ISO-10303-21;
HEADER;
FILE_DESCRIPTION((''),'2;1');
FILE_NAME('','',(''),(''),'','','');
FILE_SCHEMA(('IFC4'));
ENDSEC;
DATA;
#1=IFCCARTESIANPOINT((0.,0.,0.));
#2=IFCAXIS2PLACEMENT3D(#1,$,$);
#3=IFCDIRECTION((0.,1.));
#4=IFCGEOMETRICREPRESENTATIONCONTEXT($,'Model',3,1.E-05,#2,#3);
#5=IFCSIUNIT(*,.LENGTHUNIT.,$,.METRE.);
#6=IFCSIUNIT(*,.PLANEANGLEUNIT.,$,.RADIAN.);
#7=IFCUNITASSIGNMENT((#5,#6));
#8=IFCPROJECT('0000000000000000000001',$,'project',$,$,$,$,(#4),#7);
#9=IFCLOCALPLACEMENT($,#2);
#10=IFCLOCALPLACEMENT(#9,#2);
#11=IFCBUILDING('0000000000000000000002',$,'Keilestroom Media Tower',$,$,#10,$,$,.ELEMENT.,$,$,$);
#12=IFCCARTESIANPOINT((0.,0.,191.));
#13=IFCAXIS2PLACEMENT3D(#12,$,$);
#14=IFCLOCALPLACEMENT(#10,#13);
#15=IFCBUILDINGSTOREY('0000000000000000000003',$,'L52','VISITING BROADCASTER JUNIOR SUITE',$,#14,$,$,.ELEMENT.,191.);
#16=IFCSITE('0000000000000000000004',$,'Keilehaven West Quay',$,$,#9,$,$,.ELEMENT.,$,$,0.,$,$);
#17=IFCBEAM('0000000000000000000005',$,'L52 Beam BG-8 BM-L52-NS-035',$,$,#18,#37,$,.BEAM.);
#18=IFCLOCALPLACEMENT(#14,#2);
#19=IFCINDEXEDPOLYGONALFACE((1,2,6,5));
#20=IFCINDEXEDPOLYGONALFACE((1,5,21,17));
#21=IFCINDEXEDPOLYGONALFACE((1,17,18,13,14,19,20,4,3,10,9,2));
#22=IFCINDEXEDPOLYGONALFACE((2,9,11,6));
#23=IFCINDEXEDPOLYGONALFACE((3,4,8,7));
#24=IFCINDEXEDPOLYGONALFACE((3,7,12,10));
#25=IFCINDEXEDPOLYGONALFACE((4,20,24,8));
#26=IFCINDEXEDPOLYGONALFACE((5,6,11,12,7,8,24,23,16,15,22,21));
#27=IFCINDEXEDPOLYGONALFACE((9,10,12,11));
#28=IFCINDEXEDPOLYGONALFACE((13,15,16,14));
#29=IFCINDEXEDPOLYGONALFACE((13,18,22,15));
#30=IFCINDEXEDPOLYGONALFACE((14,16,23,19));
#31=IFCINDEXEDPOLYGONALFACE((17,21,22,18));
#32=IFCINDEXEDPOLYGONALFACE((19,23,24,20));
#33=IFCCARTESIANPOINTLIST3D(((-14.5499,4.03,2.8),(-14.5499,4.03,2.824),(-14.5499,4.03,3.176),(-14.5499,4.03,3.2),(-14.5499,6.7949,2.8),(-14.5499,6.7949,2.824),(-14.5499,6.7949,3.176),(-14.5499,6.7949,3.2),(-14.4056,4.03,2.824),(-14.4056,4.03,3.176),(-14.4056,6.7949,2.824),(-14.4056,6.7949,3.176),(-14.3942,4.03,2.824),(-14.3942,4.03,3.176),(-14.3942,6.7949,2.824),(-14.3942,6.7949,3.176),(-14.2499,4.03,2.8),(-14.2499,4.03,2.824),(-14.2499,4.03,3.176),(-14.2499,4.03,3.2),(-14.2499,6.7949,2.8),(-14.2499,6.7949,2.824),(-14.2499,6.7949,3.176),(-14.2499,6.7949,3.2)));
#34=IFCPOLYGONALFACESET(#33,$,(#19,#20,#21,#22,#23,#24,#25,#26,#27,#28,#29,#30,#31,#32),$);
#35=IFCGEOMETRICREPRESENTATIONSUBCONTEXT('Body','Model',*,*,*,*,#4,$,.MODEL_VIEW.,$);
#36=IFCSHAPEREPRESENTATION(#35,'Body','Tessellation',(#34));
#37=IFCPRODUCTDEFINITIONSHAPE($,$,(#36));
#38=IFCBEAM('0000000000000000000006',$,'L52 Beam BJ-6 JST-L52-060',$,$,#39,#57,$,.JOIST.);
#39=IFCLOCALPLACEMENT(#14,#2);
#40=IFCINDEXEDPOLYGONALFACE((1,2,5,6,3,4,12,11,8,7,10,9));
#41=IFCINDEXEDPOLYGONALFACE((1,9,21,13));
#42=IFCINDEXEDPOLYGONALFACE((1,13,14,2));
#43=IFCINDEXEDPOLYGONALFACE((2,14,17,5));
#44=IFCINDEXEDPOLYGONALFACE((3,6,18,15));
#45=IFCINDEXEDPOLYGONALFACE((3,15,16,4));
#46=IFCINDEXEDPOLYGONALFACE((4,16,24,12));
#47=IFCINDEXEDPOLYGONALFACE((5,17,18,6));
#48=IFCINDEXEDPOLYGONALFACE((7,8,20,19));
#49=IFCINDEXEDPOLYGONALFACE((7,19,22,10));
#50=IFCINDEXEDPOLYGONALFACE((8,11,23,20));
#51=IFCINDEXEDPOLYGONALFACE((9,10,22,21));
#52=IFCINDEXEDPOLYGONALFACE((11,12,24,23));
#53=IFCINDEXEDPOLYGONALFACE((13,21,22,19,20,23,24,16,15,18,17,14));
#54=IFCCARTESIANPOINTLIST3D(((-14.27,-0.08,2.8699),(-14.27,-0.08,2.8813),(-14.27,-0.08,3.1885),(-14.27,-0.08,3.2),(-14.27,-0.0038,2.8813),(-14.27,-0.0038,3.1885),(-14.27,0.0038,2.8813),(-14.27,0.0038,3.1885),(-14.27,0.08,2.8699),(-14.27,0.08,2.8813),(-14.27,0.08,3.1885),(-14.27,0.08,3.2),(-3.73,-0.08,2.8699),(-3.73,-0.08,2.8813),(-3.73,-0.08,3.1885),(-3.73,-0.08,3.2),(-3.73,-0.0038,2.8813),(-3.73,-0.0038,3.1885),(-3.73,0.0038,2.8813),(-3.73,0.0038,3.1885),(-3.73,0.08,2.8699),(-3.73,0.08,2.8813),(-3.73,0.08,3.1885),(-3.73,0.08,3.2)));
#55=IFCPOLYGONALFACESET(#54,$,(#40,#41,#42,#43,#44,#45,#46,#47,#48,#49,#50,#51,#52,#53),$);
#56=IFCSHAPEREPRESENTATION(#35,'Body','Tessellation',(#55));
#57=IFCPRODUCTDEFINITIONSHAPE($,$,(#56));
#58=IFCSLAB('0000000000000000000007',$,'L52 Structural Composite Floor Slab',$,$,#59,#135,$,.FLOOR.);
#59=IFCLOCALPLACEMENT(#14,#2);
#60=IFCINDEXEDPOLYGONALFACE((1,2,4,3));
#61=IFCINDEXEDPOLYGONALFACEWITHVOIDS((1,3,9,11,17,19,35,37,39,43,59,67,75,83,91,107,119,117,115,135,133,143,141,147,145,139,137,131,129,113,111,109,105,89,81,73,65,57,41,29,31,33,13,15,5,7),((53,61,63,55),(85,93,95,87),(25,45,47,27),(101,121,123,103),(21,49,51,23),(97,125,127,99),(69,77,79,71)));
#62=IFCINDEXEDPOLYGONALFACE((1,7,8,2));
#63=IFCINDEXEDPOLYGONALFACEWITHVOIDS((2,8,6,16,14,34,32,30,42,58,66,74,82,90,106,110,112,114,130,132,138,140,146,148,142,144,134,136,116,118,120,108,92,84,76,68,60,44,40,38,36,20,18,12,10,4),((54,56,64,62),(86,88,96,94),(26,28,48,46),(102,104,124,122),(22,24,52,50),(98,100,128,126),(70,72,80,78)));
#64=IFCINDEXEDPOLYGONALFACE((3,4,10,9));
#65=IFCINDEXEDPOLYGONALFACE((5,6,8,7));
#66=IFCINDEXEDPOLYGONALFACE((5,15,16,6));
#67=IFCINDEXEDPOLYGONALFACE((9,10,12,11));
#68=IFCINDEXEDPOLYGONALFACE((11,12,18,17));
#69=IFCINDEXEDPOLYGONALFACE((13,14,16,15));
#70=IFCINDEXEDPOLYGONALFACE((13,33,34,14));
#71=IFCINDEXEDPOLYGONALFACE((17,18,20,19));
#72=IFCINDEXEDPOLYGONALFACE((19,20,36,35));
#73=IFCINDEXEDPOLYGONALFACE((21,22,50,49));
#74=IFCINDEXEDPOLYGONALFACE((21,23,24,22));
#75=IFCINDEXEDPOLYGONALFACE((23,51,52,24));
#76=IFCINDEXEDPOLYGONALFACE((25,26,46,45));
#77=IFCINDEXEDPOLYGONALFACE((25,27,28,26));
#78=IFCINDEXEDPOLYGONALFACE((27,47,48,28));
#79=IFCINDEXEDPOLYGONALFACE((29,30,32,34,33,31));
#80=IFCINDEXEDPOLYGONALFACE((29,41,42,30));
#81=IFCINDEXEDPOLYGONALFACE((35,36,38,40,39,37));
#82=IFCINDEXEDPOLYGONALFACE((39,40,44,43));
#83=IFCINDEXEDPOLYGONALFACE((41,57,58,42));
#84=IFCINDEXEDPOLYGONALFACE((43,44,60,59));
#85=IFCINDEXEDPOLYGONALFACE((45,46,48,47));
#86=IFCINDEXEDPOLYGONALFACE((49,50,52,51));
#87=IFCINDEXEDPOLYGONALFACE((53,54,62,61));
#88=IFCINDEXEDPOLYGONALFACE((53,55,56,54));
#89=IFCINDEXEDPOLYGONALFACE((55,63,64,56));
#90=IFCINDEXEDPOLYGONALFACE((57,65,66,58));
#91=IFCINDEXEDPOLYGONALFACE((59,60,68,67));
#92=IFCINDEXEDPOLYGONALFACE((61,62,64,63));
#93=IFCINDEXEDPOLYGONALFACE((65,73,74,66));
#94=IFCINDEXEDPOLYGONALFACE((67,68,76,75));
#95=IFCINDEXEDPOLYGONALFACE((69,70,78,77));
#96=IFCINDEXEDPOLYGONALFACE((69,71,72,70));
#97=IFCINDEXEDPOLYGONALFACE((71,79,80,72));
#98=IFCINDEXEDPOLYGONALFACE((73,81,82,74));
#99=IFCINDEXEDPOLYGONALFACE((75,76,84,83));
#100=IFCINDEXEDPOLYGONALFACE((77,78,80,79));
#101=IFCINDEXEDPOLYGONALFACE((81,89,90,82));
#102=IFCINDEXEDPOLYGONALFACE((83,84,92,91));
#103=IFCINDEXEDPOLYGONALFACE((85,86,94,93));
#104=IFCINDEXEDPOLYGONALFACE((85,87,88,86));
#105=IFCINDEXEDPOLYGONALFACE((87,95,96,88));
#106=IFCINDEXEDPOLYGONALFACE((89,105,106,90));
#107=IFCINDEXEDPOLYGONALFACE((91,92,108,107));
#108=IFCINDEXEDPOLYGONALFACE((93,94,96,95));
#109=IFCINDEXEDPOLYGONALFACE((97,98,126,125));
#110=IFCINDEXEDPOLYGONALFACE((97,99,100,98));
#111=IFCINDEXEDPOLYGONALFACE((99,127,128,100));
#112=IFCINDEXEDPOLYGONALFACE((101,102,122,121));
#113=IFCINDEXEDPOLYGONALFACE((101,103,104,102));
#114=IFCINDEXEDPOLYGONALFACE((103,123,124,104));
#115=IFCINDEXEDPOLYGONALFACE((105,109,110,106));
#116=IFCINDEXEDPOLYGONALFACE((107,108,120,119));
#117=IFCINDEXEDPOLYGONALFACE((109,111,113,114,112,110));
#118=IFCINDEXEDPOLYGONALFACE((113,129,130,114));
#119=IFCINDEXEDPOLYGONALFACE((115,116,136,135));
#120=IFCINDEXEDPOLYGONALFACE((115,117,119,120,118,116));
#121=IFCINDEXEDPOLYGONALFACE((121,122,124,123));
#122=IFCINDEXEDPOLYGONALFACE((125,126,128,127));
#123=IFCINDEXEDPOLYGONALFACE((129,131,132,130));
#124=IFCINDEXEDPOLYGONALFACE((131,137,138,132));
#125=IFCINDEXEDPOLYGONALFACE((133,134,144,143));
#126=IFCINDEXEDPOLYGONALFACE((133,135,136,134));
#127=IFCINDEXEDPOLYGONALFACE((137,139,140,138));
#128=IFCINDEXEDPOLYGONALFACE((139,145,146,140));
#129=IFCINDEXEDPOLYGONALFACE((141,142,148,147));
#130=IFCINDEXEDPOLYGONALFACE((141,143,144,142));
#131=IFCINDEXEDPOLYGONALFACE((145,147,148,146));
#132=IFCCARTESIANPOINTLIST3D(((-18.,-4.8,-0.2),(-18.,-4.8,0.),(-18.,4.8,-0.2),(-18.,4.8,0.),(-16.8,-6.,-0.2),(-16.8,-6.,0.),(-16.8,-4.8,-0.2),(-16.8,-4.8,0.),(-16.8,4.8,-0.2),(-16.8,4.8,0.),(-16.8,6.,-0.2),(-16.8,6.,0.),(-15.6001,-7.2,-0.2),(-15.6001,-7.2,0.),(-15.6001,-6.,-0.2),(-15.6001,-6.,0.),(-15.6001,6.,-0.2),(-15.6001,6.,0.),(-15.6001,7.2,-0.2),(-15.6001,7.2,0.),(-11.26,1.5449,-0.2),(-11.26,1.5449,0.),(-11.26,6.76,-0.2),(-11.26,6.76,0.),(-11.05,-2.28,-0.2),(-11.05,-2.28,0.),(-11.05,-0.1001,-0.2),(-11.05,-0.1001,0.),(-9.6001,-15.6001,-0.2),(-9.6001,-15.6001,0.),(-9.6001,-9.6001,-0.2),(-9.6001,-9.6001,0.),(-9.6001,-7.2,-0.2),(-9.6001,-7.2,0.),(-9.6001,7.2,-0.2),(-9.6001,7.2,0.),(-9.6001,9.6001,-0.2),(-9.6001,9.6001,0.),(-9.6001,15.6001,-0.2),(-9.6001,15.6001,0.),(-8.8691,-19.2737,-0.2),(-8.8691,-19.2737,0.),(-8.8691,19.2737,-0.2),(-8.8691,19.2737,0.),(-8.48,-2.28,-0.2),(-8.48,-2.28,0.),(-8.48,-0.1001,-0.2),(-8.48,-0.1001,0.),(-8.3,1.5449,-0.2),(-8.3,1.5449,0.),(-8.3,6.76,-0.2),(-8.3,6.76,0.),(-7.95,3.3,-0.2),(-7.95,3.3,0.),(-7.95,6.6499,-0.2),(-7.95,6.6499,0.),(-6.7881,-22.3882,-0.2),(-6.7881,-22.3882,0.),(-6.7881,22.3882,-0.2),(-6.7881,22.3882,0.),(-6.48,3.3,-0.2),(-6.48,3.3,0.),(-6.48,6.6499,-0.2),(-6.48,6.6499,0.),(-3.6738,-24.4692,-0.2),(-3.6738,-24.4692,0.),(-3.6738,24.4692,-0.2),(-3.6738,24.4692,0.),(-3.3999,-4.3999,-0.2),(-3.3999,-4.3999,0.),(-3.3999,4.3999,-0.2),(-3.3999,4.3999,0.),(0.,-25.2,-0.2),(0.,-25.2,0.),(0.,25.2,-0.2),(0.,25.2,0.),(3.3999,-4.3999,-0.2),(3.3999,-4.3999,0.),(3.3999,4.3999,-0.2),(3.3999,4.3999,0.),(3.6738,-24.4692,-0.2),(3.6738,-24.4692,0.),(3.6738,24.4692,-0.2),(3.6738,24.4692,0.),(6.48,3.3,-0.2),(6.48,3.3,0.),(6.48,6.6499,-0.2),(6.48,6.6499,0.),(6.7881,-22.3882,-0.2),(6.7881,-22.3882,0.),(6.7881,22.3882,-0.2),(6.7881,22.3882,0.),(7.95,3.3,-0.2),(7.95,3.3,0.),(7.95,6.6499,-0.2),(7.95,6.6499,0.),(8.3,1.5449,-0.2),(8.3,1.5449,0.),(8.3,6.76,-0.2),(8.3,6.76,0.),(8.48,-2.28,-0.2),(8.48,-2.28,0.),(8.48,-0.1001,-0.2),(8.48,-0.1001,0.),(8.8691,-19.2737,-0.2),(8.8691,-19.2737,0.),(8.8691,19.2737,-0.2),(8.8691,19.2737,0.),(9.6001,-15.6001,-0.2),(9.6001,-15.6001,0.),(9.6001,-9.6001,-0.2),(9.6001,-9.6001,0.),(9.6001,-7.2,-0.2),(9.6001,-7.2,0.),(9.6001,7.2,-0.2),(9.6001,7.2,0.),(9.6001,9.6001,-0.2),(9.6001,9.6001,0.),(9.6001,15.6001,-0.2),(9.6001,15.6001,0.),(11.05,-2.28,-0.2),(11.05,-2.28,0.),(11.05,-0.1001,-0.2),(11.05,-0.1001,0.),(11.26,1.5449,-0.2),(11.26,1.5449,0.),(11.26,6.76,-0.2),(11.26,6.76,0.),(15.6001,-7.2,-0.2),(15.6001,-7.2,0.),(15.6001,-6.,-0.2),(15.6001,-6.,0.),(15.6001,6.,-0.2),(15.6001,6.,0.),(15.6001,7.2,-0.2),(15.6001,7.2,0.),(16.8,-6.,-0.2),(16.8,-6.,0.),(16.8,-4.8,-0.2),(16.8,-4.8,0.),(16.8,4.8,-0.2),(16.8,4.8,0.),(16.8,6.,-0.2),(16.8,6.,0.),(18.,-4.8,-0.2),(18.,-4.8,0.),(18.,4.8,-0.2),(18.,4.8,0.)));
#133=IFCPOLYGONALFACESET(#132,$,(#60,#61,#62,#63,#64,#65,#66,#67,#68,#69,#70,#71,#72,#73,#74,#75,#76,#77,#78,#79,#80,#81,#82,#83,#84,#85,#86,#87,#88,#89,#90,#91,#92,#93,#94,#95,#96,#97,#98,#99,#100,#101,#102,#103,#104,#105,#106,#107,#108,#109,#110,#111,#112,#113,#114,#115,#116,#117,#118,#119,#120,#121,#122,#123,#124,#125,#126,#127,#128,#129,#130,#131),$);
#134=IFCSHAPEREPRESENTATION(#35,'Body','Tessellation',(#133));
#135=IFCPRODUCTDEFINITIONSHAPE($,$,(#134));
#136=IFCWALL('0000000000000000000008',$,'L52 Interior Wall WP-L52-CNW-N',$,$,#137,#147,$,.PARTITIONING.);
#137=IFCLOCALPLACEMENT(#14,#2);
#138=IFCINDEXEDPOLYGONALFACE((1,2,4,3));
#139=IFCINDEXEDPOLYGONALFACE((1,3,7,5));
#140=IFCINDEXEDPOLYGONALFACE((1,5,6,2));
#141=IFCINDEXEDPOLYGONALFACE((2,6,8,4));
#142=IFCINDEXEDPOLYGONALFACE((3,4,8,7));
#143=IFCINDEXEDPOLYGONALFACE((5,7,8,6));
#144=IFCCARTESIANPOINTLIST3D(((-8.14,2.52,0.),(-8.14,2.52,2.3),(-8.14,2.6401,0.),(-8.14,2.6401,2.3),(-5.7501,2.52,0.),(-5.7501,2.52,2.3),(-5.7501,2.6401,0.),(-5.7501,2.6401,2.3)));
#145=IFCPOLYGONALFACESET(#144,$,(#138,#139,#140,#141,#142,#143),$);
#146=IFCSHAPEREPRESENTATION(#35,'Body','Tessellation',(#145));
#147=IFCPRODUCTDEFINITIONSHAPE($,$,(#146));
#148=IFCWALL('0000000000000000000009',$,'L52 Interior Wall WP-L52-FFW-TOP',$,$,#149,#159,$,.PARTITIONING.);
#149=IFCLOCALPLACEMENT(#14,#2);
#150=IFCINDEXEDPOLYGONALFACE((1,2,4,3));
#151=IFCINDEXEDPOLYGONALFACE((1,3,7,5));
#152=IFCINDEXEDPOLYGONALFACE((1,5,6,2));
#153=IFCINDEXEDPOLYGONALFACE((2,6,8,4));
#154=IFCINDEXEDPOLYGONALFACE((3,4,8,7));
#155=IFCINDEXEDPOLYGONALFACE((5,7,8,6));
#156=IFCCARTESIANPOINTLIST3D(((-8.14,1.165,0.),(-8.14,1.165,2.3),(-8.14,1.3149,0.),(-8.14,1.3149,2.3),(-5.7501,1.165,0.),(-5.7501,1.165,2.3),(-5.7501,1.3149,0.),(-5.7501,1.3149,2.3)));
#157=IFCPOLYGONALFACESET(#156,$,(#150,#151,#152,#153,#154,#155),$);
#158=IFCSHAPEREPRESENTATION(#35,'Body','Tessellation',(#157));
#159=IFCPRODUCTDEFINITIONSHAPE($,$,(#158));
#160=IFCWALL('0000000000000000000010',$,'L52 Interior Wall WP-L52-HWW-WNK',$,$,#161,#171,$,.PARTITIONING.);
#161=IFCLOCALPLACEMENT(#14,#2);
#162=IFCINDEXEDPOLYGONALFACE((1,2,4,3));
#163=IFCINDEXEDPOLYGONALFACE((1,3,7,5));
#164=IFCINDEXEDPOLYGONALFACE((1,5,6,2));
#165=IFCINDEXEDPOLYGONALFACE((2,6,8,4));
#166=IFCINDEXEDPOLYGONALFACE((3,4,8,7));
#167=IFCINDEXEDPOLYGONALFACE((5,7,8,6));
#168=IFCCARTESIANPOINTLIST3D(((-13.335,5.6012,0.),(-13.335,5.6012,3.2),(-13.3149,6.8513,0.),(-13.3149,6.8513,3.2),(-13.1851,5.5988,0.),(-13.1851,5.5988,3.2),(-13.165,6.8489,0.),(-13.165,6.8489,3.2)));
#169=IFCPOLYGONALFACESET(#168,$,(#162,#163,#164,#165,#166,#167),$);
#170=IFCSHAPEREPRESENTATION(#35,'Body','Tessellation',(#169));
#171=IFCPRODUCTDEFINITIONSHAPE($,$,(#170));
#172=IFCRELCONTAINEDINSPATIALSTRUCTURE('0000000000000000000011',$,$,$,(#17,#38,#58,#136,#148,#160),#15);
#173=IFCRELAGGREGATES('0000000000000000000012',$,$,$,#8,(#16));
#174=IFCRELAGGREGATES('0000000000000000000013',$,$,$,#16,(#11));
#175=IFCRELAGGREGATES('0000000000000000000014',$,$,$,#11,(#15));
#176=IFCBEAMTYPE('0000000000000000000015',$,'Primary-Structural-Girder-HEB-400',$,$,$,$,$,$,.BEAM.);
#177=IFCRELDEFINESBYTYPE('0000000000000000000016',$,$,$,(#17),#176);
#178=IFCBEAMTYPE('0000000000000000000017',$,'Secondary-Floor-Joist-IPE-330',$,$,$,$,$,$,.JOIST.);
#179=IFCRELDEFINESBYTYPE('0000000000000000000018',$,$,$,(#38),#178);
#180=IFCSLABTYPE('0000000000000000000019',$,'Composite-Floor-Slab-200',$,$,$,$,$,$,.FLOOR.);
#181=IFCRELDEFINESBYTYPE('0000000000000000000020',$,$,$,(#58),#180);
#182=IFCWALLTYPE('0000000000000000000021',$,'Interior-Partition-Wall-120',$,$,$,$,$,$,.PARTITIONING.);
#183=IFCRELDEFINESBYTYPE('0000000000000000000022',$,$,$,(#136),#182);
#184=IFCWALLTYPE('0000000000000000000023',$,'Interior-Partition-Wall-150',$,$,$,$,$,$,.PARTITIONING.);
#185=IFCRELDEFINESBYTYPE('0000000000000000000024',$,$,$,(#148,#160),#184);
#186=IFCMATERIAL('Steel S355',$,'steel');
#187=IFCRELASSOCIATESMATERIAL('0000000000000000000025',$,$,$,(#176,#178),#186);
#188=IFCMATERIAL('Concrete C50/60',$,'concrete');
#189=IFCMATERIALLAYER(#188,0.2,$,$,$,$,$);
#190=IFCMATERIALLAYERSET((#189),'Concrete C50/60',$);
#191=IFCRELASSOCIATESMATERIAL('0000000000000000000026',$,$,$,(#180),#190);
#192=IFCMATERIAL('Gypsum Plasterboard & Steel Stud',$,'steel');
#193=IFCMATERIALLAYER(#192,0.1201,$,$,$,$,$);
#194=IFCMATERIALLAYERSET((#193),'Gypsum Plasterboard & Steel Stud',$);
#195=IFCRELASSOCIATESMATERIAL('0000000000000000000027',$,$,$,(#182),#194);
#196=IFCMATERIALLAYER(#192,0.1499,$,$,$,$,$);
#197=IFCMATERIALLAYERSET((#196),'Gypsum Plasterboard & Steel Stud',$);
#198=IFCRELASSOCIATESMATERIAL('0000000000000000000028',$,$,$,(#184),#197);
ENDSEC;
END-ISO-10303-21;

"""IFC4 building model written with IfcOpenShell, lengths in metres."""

from ifc_helpers import new_model, si_unit, direction, frame, frame_2d, origin, origin_2d, place, context, subcontext, project, spatial, polyline, rectangle, i_section, outline, extrude, source, transform, mapped, material, layer, layer_set, material_profile, profile_set, type_object, element, save


model = new_model("IFC4")

# Units and contexts
model_context = context("Model", 3, precision=1e-05, world=origin(), true_north=direction((0.0, 1.0)))
body_context = subcontext(model_context, "Body", "Model", "MODEL_VIEW")
ifc_project = project(units=[si_unit("LENGTHUNIT", "METRE"), si_unit("PLANEANGLEUNIT", "RADIAN")], contexts=[model_context])

# Site, building, storey
site_placement = place(None, origin())
site = spatial("IfcSite", under=ifc_project, at=site_placement, Name="Keilehaven West Quay", CompositionType="ELEMENT", RefElevation=0.0)
building_placement = place(site_placement, origin())
building = spatial("IfcBuilding", under=site, at=building_placement, Name="Keilestroom Media Tower", CompositionType="ELEMENT")
storey_placement = place(building_placement, frame((0.0, 0.0, 191.0)))
storey = spatial("IfcBuildingStorey", under=building, at=storey_placement, Name="L52", Description="VISITING BROADCASTER JUNIOR SUITE", CompositionType="ELEMENT", Elevation=191.0)

# Beams
ifc_material_1 = material(Name="Steel S355", Category="steel")
ifc_material_profile_1 = material_profile(ifc_material_1, i_section(OverallWidth=0.3, OverallDepth=0.3999, WebThickness=0.0115, FlangeThickness=0.0239, at=origin_2d()), Name="HEB 400")
ifc_profile_set_1 = profile_set([ifc_material_profile_1], Name="Steel S355")
beam_type_1 = type_object("IfcBeamType", Name="Primary-Structural-Girder-HEB-400", PredefinedType="BEAM", material=ifc_profile_set_1)
shared_shape_1 = source(origin(), body_context, "Body", "SweptSolid", [
    extrude(i_section(OverallWidth=0.3, OverallDepth=0.3999, WebThickness=0.0115, FlangeThickness=0.0239, at=origin_2d()), origin(), (0.0, 0.0, 1.0), 2.7649),
])
beam_1_placement = place(storey_placement, frame((-14.3999, 4.03, 3.0), z_axis=(0.0, 1.0, 0.0), x_axis=(-1.0, 0.0, 0.0)))
element("IfcBeam", 1, at=beam_1_placement, inside=storey, type_object=beam_type_1, Name="L52 Beam BG-8 BM-L52-NS-035", PredefinedType="BEAM", context=body_context, shape_type="MappedRepresentation", body=[
    mapped(shared_shape_1, transform((0.0, 0.0, 0.0), x_axis=(1.0, 0.0, 0.0), y_axis=(0.0, 1.0, 0.0), z_axis=(0.0, 0.0, 1.0), scale=1.0)),
])
ifc_material_profile_2 = material_profile(ifc_material_1, i_section(OverallWidth=0.1599, OverallDepth=0.3301, WebThickness=0.0076, FlangeThickness=0.0115, at=origin_2d()), Name="IPE 330")
ifc_profile_set_2 = profile_set([ifc_material_profile_2], Name="Steel S355")
beam_type_2 = type_object("IfcBeamType", Name="Secondary-Floor-Joist-IPE-330", PredefinedType="JOIST", material=ifc_profile_set_2)
shared_shape_2 = source(origin(), body_context, "Body", "SweptSolid", [
    extrude(i_section(OverallWidth=0.1599, OverallDepth=0.3301, WebThickness=0.0076, FlangeThickness=0.0115, at=origin_2d()), origin(), (0.0, 0.0, 1.0), 10.54),
])
beam_2_placement = place(storey_placement, frame((-14.27, 0.0, 3.0349), z_axis=(1.0, 0.0, 0.0), x_axis=(0.0, 1.0, 0.0)))
element("IfcBeam", 2, at=beam_2_placement, inside=storey, type_object=beam_type_2, Name="L52 Beam BJ-6 JST-L52-060", PredefinedType="JOIST", context=body_context, shape_type="MappedRepresentation", body=[
    mapped(shared_shape_2, transform((0.0, 0.0, 0.0), x_axis=(1.0, 0.0, 0.0), y_axis=(0.0, 1.0, 0.0), z_axis=(0.0, 0.0, 1.0), scale=1.0)),
])

# Slab
ifc_material_2 = material(Name="Concrete C50/60", Category="concrete")
ifc_layer_1 = layer(ifc_material_2, 0.2)
ifc_layer_set_1 = layer_set([ifc_layer_1], Name="Concrete C50/60")
slab_type = type_object("IfcSlabType", Name="Composite-Floor-Slab-200", PredefinedType="FLOOR", material=ifc_layer_set_1)
slab_placement = place(storey_placement, frame((0.0, 0.0, -0.2)))
element("IfcSlab", 3, at=slab_placement, inside=storey, type_object=slab_type, Name="L52 Structural Composite Floor Slab", PredefinedType="FLOOR", context=body_context, shape_type="SweptSolid", body=[
    extrude(outline(polyline([(18.0, -4.8), (18.0, 4.8), (16.8, 4.8), (16.8, 6.0), (15.6001, 6.0), (15.6001, 7.2), (9.6001, 7.2), (9.6001, 9.6001), (9.6001, 15.6001), (8.8691, 19.2737), (6.7881, 22.3882), (3.6738, 24.4692), (0.0, 25.2), (-3.6738, 24.4692), (-6.7881, 22.3882), (-8.8691, 19.2737), (-9.6001, 15.6001), (-9.6001, 9.6001), (-9.6001, 7.2), (-15.6001, 7.2), (-15.6001, 6.0), (-16.8, 6.0), (-16.8, 4.8), (-18.0, 4.8), (-18.0, -4.8), (-16.8, -4.8), (-16.8, -6.0), (-15.6001, -6.0), (-15.6001, -7.2), (-9.6001, -7.2), (-9.6001, -9.6001), (-9.6001, -15.6001), (-8.8691, -19.2737), (-6.7881, -22.3882), (-3.6738, -24.4692), (0.0, -25.2), (3.6738, -24.4692), (6.7881, -22.3882), (8.8691, -19.2737), (9.6001, -15.6001), (9.6001, -9.6001), (9.6001, -7.2), (15.6001, -7.2), (15.6001, -6.0), (16.8, -6.0), (16.8, -4.8), (18.0, -4.8)]), holes=[polyline([(-8.3, 1.5449), (-11.26, 1.5449), (-11.26, 6.76), (-8.3, 6.76), (-8.3, 1.5449)]), polyline([(-8.48, -2.28), (-11.05, -2.28), (-11.05, -0.1001), (-8.48, -0.1001), (-8.48, -2.28)]), polyline([(-6.48, 3.3), (-7.95, 3.3), (-7.95, 6.6499), (-6.48, 6.6499), (-6.48, 3.3)]), polyline([(3.3999, -4.3999), (-3.3999, -4.3999), (-3.3999, 4.3999), (3.3999, 4.3999), (3.3999, -4.3999)]), polyline([(7.95, 3.3), (6.48, 3.3), (6.48, 6.6499), (7.95, 6.6499), (7.95, 3.3)]), polyline([(11.26, 1.5449), (8.3, 1.5449), (8.3, 6.76), (11.26, 6.76), (11.26, 1.5449)]), polyline([(11.05, -2.28), (8.48, -2.28), (8.48, -0.1001), (11.05, -0.1001), (11.05, -2.28)])]), origin(), (0.0, 0.0, 1.0), 0.2),
])

# Walls
ifc_material_3 = material(Name="Gypsum Plasterboard & Steel Stud", Category="steel")
ifc_layer_2 = layer(ifc_material_3, 0.1201)
ifc_layer_set_2 = layer_set([ifc_layer_2], Name="Gypsum Plasterboard & Steel Stud")
wall_type_1 = type_object("IfcWallType", Name="Interior-Partition-Wall-120", PredefinedType="PARTITIONING", material=ifc_layer_set_2)
wall_1_placement = place(storey_placement, frame((-8.1399, 2.5801, 0.0), z_axis=(0.0, 0.0, 1.0), x_axis=(1.0, 0.0, 0.0)))
element("IfcWall", 4, at=wall_1_placement, inside=storey, type_object=wall_type_1, Name="L52 Interior Wall WP-L52-CNW-N", PredefinedType="PARTITIONING", context=body_context, shape_type="SweptSolid", body=[
    extrude(rectangle(XDim=2.3899, YDim=0.1201, at=frame_2d((1.1948, 0.0))), origin(), (0.0, 0.0, 1.0), 2.3),
])
ifc_layer_3 = layer(ifc_material_3, 0.1499)
ifc_layer_set_3 = layer_set([ifc_layer_3], Name="Gypsum Plasterboard & Steel Stud")
wall_type_2 = type_object("IfcWallType", Name="Interior-Partition-Wall-150", PredefinedType="PARTITIONING", material=ifc_layer_set_3)
wall_2_placement = place(storey_placement, frame((-8.1399, 1.24, 0.0), z_axis=(0.0, 0.0, 1.0), x_axis=(1.0, 0.0, 0.0)))
element("IfcWall", 5, at=wall_2_placement, inside=storey, type_object=wall_type_2, Name="L52 Interior Wall WP-L52-FFW-TOP", PredefinedType="PARTITIONING", context=body_context, shape_type="SweptSolid", body=[
    extrude(rectangle(XDim=2.3899, YDim=0.1499, at=frame_2d((1.1948, 0.0))), origin(), (0.0, 0.0, 1.0), 2.3),
])
wall_3_placement = place(storey_placement, frame((-13.26, 5.6001, 0.0), z_axis=(0.0, 0.0, 1.0), x_axis=(0.016014, 0.999872, 0.0)))
element("IfcWall", 6, at=wall_3_placement, inside=storey, type_object=wall_type_2, Name="L52 Interior Wall WP-L52-HWW-WNK", PredefinedType="PARTITIONING", context=body_context, shape_type="SweptSolid", body=[
    extrude(rectangle(XDim=1.2502, YDim=0.1499, at=frame_2d((0.625, 0.0))), origin(), (0.0, 0.0, 1.0), 3.2),
])

save(model, "model.ifc")
